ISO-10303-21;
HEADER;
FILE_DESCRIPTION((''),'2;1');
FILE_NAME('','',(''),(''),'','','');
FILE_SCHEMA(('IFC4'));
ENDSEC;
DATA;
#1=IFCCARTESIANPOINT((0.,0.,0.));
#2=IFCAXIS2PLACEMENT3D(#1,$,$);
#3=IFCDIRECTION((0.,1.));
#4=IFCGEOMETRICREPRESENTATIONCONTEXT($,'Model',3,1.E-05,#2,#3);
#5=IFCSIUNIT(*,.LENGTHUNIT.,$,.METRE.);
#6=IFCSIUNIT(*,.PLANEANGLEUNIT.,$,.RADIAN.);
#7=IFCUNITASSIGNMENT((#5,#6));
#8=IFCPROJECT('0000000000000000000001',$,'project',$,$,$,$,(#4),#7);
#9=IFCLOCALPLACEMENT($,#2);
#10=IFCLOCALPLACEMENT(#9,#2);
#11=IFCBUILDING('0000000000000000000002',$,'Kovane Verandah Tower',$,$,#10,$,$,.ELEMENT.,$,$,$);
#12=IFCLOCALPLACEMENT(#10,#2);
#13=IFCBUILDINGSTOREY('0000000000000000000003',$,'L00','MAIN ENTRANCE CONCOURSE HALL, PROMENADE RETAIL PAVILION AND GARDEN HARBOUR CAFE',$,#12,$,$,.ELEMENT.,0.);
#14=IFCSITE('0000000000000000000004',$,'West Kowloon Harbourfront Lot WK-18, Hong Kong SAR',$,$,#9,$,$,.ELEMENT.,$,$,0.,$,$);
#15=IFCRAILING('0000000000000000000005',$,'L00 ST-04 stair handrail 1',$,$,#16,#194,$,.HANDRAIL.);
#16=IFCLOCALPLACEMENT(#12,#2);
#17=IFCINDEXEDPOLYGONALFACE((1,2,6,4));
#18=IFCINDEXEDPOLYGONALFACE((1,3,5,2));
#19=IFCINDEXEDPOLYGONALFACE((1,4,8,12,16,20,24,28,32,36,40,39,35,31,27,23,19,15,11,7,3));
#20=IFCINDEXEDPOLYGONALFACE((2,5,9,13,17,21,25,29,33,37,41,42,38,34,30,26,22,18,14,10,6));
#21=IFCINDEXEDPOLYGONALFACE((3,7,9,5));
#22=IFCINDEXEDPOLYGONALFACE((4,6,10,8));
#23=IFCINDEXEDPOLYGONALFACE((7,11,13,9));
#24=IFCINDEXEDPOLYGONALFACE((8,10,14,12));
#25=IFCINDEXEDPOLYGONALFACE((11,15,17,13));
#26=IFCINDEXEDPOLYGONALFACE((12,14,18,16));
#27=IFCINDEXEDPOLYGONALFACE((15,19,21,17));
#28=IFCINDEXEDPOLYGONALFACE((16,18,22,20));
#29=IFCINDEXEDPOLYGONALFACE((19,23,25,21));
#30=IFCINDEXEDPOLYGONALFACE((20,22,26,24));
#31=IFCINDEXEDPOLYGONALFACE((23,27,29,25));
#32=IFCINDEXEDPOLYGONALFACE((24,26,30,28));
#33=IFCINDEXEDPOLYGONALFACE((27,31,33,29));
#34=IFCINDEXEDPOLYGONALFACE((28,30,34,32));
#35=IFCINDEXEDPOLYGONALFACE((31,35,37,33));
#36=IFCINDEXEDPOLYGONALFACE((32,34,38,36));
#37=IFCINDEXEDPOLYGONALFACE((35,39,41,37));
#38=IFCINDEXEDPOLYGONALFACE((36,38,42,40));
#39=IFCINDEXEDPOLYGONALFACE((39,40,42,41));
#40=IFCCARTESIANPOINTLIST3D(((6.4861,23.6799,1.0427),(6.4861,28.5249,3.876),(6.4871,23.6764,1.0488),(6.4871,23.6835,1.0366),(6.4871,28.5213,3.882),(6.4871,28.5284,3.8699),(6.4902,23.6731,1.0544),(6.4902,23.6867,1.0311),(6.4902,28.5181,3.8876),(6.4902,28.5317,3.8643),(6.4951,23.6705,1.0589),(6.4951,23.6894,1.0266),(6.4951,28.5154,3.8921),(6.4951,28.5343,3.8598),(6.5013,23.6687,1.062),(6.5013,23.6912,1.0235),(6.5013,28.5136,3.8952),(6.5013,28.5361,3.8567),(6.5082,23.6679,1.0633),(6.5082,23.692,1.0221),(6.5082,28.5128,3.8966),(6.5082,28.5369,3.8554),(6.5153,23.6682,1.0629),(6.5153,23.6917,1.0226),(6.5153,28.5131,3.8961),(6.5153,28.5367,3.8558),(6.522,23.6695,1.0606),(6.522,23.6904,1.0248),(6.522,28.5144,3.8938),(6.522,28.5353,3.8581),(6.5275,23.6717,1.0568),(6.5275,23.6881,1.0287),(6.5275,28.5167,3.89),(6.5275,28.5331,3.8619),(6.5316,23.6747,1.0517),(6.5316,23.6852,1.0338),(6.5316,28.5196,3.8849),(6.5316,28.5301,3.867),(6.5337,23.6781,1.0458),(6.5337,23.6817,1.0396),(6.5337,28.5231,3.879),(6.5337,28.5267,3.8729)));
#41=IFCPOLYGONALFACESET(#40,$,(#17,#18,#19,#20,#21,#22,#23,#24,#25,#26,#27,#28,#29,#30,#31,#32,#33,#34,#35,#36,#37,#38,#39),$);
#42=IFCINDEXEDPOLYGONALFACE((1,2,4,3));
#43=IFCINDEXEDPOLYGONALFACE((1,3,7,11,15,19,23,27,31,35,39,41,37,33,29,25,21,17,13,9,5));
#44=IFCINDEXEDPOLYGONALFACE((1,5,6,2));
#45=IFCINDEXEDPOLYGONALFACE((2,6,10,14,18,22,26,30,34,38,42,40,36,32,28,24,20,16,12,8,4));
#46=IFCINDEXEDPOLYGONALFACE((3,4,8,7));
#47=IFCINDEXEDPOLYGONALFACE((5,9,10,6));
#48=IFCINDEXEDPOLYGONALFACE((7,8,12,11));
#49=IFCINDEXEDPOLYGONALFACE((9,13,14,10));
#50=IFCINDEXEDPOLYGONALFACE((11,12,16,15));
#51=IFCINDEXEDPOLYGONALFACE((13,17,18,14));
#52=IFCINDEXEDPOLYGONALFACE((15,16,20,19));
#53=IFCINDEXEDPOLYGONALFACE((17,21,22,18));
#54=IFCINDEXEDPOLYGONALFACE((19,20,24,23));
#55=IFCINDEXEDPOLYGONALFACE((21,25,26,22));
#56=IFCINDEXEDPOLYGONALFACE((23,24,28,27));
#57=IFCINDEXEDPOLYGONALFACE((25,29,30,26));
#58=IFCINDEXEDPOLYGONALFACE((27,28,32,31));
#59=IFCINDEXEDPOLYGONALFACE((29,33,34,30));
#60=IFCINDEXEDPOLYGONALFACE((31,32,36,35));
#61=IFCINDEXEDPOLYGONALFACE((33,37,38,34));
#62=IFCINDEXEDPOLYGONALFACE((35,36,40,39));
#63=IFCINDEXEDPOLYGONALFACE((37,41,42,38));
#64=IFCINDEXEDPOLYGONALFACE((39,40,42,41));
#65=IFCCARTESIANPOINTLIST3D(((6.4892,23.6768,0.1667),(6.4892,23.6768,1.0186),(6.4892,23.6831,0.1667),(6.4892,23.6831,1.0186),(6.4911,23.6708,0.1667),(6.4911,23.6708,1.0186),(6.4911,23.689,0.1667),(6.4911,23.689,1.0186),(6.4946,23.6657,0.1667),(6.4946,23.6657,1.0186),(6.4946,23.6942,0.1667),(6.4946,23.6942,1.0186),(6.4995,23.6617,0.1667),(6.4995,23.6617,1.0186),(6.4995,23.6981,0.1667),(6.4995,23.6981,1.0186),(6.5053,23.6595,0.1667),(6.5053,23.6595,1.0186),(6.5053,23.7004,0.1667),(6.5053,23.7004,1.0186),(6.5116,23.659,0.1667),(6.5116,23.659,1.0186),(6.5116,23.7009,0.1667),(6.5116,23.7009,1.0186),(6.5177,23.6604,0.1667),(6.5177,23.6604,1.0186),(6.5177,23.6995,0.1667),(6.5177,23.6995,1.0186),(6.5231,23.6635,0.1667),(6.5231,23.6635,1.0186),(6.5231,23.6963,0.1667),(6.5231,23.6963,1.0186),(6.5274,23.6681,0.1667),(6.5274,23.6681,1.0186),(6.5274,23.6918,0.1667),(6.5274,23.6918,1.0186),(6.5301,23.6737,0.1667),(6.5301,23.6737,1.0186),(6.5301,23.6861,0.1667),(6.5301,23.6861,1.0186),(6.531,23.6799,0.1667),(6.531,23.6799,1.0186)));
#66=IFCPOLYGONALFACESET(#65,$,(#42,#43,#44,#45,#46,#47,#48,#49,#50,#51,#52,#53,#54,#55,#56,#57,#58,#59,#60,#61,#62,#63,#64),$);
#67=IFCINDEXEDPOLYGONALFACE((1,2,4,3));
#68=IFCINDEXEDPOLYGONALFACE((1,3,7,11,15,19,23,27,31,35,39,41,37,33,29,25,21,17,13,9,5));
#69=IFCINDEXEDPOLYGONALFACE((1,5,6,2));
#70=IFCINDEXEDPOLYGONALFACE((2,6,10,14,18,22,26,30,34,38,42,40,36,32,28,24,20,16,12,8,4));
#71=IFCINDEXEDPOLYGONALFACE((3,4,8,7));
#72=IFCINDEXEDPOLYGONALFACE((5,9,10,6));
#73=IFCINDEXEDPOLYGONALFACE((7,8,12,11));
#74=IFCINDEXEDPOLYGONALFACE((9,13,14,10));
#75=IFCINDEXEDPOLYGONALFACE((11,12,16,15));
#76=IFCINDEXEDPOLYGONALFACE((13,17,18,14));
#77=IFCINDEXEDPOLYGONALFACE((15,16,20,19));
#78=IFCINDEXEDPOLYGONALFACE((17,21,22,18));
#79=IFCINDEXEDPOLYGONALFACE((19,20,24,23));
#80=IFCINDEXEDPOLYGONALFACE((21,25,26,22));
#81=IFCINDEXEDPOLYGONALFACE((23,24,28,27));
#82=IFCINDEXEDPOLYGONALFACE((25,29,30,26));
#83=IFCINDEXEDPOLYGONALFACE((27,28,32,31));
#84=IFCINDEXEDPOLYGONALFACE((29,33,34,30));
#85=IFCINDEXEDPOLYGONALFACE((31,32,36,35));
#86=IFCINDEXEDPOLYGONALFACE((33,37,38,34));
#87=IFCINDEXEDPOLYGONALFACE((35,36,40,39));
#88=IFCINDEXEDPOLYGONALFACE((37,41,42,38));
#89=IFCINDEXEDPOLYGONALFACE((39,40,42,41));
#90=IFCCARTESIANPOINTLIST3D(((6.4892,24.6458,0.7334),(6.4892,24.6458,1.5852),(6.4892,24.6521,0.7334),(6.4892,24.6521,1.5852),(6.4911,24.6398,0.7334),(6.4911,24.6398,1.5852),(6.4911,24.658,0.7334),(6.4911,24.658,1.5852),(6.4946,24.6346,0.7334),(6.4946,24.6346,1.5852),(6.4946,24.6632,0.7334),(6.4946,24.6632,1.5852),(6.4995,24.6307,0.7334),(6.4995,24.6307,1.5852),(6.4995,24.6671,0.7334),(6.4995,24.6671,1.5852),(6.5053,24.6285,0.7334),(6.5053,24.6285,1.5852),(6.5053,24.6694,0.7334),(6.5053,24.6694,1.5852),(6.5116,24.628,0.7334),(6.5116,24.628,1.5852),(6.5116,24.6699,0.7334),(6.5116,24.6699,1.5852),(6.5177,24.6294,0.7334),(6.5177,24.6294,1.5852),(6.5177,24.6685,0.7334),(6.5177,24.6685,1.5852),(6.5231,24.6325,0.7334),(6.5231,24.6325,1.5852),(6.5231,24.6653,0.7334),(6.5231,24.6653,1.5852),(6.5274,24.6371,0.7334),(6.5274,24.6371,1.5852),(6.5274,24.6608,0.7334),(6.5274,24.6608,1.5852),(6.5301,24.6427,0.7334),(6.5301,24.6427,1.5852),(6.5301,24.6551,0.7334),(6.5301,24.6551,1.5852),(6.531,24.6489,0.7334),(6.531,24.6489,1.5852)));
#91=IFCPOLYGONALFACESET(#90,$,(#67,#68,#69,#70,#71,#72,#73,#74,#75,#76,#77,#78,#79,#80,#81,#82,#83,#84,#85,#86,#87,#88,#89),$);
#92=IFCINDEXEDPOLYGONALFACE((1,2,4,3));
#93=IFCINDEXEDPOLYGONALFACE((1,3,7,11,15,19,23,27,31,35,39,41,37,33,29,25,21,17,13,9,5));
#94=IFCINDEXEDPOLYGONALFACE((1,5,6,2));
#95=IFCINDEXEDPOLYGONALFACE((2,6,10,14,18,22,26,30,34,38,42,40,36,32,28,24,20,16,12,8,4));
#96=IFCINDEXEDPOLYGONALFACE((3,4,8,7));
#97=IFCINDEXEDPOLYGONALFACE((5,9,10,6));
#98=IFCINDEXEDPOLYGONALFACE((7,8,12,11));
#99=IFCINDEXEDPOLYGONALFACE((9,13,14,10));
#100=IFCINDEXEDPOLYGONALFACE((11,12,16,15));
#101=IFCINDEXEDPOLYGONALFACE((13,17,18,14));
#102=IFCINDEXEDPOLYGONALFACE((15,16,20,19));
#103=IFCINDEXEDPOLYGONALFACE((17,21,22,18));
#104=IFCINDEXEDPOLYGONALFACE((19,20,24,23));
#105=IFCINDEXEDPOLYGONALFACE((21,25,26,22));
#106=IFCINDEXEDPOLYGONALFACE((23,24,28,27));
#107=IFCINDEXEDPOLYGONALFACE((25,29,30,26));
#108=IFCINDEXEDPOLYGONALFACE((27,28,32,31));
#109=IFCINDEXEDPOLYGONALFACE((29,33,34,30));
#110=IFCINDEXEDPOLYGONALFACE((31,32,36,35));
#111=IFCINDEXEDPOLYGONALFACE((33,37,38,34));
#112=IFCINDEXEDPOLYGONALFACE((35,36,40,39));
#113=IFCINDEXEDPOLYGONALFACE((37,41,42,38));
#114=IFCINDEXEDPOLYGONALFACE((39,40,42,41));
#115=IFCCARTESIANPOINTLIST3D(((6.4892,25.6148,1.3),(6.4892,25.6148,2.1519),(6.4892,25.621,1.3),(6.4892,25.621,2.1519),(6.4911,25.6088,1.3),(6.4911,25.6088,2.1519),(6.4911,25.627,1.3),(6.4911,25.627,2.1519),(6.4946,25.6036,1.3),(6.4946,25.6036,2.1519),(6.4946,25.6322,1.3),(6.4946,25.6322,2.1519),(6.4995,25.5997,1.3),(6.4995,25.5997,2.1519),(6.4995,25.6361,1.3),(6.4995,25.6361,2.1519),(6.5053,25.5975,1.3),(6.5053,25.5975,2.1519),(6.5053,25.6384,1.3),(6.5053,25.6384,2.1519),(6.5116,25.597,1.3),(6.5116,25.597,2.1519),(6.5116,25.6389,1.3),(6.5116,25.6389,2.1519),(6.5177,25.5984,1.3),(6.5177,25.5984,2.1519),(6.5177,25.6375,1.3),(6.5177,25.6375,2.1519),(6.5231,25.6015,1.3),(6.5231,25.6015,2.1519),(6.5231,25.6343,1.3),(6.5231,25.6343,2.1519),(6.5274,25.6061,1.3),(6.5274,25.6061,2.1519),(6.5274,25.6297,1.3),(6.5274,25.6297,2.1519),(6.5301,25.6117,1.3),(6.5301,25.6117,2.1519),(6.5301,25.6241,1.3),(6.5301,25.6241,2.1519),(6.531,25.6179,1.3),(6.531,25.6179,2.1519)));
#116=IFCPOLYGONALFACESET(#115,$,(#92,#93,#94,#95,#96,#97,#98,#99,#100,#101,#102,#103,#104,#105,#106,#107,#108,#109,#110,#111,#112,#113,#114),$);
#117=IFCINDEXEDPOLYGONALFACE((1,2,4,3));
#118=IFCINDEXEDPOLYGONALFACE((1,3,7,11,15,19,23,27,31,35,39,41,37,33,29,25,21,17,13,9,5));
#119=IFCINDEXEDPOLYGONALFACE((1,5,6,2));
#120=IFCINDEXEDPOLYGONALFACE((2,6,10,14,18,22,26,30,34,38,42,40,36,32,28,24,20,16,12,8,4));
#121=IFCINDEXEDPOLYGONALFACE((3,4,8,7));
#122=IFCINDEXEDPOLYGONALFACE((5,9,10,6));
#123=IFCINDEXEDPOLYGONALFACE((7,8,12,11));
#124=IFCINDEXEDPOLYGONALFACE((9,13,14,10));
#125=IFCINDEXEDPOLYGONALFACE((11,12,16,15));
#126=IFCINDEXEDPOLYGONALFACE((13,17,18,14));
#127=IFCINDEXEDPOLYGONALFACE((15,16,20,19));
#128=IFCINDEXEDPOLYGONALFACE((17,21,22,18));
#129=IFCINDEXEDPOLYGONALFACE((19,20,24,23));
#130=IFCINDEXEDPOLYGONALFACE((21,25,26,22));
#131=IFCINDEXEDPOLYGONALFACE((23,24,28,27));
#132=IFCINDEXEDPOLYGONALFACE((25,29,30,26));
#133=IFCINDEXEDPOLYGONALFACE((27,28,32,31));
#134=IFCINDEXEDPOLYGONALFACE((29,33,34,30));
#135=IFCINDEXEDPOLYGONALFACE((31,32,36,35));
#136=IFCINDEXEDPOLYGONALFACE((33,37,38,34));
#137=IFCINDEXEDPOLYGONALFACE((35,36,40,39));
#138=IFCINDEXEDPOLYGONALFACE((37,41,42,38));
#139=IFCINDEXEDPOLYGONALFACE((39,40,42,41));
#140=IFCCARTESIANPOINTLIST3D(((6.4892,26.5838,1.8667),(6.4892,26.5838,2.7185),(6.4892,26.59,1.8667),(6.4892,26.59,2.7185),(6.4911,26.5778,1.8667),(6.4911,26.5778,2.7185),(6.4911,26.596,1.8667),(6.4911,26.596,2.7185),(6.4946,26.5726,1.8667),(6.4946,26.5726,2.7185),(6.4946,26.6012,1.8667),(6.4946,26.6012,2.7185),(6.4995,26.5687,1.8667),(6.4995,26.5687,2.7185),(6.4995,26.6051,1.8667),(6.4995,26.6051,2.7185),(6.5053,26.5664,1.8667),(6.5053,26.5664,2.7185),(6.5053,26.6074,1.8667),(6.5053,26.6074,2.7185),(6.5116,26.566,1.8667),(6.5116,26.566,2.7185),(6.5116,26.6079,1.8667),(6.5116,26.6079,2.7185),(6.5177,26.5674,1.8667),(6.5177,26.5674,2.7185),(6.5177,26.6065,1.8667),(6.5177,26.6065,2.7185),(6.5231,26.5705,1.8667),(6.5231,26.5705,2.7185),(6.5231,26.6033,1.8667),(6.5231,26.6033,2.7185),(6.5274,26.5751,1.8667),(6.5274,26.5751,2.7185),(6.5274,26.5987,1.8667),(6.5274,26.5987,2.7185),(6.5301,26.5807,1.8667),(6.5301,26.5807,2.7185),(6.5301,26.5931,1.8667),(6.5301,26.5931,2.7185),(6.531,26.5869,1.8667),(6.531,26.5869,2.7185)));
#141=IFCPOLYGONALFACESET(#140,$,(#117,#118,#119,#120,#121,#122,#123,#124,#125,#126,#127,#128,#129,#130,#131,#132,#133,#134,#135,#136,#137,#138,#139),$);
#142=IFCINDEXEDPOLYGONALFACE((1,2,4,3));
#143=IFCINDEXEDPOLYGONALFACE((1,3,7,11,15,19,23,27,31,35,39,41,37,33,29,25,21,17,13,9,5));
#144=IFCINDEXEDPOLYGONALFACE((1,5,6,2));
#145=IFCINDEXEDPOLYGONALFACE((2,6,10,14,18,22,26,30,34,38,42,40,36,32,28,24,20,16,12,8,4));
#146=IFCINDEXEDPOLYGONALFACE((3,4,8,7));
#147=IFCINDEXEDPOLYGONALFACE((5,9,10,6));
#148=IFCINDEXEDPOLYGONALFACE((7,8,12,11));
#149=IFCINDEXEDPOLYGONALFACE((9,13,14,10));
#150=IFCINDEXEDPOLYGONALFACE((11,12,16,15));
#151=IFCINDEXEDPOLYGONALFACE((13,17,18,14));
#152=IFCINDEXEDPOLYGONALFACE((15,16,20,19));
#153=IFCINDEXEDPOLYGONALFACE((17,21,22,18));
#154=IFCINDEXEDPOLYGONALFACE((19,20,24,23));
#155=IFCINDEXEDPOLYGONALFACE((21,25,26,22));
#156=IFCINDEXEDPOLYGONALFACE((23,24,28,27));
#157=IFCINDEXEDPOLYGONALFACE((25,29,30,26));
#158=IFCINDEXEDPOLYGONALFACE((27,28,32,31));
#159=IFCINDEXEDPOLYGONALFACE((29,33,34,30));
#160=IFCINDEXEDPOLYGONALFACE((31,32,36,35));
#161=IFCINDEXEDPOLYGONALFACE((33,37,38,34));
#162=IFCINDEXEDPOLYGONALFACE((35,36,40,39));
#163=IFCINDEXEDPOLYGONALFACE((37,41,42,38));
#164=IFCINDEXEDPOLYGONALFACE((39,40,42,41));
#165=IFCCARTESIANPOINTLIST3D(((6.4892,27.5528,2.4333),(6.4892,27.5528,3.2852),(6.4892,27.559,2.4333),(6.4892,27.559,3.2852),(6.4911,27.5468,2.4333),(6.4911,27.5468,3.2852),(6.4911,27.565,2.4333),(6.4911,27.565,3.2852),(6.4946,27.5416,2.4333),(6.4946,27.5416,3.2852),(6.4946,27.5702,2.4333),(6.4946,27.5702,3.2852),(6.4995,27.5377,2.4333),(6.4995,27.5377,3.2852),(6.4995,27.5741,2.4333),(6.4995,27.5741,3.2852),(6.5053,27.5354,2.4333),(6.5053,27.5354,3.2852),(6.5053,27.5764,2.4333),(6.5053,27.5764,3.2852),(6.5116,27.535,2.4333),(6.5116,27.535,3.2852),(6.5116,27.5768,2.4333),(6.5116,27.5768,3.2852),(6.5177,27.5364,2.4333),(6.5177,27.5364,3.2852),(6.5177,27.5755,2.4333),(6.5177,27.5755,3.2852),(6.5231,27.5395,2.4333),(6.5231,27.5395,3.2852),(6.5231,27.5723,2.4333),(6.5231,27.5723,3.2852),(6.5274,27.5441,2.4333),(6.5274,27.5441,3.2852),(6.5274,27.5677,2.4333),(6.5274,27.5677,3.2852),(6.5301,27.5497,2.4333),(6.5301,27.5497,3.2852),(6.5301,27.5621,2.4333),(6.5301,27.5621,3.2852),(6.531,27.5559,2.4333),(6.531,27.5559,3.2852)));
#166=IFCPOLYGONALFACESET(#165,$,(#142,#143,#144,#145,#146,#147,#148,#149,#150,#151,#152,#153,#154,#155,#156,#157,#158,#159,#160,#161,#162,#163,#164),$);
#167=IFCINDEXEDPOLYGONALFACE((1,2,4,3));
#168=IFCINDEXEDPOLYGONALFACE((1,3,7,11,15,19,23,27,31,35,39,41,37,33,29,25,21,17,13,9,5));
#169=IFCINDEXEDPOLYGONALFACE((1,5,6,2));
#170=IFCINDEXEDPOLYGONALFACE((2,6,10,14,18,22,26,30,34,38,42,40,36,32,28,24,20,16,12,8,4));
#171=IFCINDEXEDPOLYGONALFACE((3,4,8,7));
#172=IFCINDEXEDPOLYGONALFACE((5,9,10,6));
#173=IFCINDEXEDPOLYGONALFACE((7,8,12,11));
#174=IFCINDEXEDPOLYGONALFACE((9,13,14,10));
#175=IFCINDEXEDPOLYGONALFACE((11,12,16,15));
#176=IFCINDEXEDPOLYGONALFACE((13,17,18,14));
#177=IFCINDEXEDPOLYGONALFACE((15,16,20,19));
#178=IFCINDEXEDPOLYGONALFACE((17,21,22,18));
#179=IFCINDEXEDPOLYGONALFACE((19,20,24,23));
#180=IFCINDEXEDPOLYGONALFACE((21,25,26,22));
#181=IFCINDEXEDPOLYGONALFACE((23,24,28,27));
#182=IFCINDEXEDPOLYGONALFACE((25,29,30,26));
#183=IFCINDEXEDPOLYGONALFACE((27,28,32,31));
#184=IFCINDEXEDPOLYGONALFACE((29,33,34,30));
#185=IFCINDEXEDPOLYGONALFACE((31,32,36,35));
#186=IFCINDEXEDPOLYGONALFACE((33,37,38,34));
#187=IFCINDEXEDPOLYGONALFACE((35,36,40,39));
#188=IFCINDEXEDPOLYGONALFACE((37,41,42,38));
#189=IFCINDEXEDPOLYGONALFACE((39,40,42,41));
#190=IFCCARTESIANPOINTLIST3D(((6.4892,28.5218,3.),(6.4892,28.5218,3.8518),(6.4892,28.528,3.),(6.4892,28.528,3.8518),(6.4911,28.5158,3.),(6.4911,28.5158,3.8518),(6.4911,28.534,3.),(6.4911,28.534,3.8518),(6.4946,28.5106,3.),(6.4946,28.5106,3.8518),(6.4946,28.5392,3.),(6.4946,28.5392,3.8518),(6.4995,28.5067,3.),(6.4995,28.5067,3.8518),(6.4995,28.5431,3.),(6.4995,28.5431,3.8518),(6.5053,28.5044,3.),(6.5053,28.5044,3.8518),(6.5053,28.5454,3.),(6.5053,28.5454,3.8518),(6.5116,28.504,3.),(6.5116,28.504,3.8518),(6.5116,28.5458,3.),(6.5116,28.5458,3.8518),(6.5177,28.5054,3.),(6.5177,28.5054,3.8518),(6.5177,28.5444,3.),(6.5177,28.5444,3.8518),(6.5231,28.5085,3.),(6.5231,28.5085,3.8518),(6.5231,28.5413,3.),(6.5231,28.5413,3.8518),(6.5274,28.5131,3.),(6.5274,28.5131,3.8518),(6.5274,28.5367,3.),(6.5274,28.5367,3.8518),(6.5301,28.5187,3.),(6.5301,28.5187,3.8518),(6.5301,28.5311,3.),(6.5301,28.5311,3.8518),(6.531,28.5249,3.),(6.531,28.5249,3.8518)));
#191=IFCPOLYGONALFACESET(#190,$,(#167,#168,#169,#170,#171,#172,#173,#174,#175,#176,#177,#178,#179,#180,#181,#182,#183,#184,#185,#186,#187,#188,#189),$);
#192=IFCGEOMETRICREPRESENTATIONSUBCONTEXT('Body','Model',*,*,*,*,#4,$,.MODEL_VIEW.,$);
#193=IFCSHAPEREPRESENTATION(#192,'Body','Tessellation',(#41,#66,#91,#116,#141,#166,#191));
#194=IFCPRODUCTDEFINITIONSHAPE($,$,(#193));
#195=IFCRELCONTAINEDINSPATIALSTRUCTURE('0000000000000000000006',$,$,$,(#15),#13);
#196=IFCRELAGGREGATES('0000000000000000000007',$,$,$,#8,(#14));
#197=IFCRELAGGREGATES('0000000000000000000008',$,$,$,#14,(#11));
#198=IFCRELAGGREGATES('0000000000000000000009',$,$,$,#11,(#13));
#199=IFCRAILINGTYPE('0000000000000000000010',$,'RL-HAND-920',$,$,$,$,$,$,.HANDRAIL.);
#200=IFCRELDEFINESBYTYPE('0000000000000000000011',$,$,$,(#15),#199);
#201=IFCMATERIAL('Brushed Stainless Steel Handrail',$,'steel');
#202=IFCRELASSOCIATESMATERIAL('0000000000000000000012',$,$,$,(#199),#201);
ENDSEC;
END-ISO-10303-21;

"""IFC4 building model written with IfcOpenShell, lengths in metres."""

from ifc_helpers import new_model, si_unit, direction, frame, origin, origin_2d, place, context, subcontext, project, spatial, circle, extrude, material, type_object, element, save


model = new_model("IFC4")

# Units and contexts
model_context = context("Model", 3, precision=1e-05, world=origin(), true_north=direction((0.0, 1.0)))
body_context = subcontext(model_context, "Body", "Model", "MODEL_VIEW")
ifc_project = project(units=[si_unit("LENGTHUNIT", "METRE"), si_unit("PLANEANGLEUNIT", "RADIAN")], contexts=[model_context])

# Site, building, storey
site_placement = place(None, origin())
site = spatial("IfcSite", under=ifc_project, at=site_placement, Name="West Kowloon Harbourfront Lot WK-18, Hong Kong SAR", CompositionType="ELEMENT", RefElevation=0.0)
building_placement = place(site_placement, origin())
building = spatial("IfcBuilding", under=site, at=building_placement, Name="Kovane Verandah Tower", CompositionType="ELEMENT")
storey_placement = place(building_placement, origin())
storey = spatial("IfcBuildingStorey", under=building, at=storey_placement, Name="L00", Description="MAIN ENTRANCE CONCOURSE HALL, PROMENADE RETAIL PAVILION AND GARDEN HARBOUR CAFE", CompositionType="ELEMENT", Elevation=0.0)

# Railing
ifc_material_1 = material(Name="Brushed Stainless Steel Handrail", Category="steel")
railing_type_1 = type_object("IfcRailingType", Name="RL-HAND-920", PredefinedType="HANDRAIL", material=ifc_material_1)
railing_1_placement = place(storey_placement, frame((6.51, 23.6799, 0.1667)))
element("IfcRailing", 1, at=railing_1_placement, inside=storey, type_object=railing_type_1, Name="L00 ST-04 stair handrail 1", PredefinedType="HANDRAIL", context=body_context, shape_type="SweptSolid", body=[
    extrude(circle(Radius=0.0239, at=origin_2d()), frame((0.0, 0.0, 0.876), z_axis=(0.0, 0.863234, 0.504804), x_axis=(-1.0, 0.0, 0.0)), (0.0, 0.0, 1.0), 5.6125),
    extrude(circle(Radius=0.021, at=origin_2d()), origin(), (0.0, 0.0, 1.0), 0.8518),
    extrude(circle(Radius=0.021, at=origin_2d()), frame((0.0, 0.969, 0.5667)), (0.0, 0.0, 1.0), 0.8518),
    extrude(circle(Radius=0.021, at=origin_2d()), frame((0.0, 1.938, 1.1333)), (0.0, 0.0, 1.0), 0.8518),
    extrude(circle(Radius=0.021, at=origin_2d()), frame((0.0, 2.907, 1.7)), (0.0, 0.0, 1.0), 0.8518),
    extrude(circle(Radius=0.021, at=origin_2d()), frame((0.0, 3.876, 2.2666)), (0.0, 0.0, 1.0), 0.8518),
    extrude(circle(Radius=0.021, at=origin_2d()), frame((0.0, 4.845, 2.8333)), (0.0, 0.0, 1.0), 0.8518),
])

save(model, "model.ifc")
